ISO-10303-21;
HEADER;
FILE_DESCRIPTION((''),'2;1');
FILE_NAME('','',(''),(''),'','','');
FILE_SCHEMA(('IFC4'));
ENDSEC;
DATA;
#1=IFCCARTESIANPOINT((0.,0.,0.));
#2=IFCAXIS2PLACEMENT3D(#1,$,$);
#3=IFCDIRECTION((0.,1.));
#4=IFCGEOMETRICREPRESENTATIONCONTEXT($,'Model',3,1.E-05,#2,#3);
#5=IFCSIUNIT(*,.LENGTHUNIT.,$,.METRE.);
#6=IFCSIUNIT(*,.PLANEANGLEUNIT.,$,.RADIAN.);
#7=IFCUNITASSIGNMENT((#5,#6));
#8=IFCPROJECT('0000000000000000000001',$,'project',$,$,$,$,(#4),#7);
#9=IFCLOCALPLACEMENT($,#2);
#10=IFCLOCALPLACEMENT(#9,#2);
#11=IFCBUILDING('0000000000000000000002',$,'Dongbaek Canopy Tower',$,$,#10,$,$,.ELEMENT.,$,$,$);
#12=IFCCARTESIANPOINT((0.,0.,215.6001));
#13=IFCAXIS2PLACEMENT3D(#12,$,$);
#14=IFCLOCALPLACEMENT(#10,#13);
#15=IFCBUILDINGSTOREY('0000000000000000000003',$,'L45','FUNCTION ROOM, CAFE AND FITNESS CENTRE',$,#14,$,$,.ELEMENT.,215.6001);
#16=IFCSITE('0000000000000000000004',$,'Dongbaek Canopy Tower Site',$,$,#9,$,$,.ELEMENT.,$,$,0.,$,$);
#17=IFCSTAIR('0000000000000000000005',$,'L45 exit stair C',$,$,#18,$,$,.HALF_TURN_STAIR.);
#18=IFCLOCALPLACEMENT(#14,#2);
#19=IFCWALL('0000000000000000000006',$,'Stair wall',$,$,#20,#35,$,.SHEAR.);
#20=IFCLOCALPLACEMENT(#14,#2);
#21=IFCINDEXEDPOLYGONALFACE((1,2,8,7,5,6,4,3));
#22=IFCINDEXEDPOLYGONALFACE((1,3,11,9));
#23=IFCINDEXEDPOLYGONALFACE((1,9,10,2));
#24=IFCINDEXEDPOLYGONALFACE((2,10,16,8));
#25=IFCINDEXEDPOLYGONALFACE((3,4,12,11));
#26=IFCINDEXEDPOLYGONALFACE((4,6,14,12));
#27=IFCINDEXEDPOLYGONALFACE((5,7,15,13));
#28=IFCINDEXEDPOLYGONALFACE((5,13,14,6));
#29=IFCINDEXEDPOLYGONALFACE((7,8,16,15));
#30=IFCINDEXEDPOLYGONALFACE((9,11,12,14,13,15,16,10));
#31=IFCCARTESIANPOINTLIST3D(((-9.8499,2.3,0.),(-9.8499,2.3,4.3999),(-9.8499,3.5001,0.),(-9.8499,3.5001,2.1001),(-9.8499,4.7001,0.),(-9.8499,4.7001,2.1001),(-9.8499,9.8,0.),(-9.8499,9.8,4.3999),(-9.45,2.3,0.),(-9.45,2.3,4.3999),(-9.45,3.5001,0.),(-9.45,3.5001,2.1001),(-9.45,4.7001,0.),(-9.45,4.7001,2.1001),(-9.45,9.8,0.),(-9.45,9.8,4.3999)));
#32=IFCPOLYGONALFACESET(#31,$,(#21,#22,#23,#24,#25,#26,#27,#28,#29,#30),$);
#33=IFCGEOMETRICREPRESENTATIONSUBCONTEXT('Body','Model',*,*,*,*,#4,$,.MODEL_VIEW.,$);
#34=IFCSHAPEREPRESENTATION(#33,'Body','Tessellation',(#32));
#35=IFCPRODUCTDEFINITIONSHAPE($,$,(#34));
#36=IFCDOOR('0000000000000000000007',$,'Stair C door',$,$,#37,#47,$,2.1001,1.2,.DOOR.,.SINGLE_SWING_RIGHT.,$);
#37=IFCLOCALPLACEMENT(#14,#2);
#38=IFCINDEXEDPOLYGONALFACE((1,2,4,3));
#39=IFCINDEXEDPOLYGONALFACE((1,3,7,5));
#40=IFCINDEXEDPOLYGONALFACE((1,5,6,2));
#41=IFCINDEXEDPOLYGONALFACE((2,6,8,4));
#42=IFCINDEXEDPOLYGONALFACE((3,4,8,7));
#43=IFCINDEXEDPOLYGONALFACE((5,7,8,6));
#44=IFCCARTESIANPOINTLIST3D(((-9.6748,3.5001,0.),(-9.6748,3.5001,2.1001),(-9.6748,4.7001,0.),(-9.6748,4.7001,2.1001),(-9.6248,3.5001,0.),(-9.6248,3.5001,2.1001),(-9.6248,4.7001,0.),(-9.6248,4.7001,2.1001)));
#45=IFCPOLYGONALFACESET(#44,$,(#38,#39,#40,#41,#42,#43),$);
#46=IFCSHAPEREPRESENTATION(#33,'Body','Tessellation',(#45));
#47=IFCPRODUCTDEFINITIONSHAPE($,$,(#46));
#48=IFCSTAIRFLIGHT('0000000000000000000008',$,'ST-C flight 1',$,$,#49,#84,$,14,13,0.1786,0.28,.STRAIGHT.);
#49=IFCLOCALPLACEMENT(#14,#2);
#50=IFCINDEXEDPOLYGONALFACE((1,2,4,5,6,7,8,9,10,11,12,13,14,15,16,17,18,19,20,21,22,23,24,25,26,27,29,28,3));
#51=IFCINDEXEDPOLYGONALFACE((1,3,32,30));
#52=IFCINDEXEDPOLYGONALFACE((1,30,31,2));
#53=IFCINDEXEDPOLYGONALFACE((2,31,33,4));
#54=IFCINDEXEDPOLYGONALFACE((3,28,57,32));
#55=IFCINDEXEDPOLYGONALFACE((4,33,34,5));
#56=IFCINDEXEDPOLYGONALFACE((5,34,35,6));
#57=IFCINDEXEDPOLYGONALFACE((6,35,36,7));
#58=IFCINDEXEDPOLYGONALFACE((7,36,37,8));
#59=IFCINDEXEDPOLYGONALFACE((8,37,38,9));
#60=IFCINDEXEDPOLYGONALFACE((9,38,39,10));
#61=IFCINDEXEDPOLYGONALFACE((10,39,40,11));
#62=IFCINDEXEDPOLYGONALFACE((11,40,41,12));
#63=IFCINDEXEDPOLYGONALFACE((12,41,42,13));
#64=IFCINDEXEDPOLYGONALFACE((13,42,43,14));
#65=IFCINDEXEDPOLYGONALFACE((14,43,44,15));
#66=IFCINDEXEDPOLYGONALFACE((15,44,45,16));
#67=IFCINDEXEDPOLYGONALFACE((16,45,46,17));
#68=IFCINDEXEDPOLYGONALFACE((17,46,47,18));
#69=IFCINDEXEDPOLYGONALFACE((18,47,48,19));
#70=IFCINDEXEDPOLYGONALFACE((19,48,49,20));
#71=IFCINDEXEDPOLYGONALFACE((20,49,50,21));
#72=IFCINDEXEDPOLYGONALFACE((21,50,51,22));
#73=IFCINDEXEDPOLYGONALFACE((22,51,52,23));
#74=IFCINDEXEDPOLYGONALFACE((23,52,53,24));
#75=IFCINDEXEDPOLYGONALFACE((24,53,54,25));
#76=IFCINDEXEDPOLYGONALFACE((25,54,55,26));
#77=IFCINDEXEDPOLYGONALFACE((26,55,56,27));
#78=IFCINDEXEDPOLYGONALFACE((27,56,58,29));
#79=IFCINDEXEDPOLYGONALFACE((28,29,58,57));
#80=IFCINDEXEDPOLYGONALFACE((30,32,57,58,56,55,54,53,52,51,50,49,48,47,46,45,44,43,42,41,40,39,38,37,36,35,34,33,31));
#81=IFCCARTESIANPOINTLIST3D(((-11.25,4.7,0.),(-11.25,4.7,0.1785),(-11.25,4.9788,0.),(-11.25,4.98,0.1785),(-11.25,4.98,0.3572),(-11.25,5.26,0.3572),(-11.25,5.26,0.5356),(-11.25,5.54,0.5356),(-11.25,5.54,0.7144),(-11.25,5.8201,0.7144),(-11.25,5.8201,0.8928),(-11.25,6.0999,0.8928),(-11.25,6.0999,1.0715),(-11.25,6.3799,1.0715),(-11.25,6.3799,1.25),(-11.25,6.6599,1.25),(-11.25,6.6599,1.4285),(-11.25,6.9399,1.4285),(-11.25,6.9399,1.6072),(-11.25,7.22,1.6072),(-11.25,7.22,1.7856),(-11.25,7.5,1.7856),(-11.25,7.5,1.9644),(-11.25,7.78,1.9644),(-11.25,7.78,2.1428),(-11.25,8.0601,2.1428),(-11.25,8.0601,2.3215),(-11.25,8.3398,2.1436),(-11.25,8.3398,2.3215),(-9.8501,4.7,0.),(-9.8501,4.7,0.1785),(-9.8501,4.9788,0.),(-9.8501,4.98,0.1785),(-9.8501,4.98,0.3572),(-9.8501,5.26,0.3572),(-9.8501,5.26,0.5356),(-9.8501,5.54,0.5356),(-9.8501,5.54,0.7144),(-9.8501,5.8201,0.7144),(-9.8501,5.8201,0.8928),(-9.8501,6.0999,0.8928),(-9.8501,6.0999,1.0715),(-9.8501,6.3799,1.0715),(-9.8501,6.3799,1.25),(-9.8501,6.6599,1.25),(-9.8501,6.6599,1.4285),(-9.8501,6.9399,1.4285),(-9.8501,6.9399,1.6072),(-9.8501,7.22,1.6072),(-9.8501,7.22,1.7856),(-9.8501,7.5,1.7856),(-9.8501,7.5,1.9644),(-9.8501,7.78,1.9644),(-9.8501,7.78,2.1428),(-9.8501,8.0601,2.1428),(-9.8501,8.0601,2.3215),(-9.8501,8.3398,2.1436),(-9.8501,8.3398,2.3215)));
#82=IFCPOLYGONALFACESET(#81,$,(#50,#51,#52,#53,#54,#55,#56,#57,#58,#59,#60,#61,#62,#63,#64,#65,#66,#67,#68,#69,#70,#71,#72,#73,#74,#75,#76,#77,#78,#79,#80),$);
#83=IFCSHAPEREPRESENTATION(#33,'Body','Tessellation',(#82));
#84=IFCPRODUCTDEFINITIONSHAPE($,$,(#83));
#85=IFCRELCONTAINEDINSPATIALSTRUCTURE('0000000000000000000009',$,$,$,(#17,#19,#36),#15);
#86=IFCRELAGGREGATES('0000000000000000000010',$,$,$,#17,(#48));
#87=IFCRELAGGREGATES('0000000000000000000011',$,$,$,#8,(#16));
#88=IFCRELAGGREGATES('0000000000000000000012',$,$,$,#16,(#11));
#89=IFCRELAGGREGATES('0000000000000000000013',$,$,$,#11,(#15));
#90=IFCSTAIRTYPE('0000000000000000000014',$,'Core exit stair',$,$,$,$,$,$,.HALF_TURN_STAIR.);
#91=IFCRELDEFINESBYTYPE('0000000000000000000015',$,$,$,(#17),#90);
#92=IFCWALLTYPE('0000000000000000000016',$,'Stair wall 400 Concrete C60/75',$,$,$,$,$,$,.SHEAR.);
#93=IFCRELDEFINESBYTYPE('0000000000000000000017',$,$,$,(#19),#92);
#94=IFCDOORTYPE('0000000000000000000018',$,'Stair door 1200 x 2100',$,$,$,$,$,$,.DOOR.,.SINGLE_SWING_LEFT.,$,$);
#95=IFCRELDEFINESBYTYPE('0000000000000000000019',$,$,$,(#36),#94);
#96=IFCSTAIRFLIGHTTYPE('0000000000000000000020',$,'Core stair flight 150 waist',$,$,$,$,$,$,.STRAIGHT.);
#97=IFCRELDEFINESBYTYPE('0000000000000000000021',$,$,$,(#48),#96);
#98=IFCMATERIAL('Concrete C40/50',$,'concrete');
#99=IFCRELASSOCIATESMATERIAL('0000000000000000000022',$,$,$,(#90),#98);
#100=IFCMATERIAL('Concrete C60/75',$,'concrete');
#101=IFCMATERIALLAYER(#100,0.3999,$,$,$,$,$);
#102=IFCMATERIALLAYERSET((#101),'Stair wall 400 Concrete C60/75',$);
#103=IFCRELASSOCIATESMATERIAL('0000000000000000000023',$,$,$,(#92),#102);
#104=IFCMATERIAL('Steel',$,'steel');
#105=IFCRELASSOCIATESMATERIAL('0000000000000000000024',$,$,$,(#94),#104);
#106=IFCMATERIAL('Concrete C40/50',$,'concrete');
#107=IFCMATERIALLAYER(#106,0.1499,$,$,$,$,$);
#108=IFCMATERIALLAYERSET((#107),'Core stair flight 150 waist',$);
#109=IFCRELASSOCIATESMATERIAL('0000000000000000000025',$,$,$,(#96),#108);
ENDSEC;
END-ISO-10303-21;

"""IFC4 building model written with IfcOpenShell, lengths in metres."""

from ifc_helpers import new_model, si_unit, direction, frame, frame_2d, origin, place, context, subcontext, project, spatial, polyline, rectangle, outline, extrude, material, layer, layer_set, type_object, element, fill, aggregate, save


model = new_model("IFC4")

# Units and contexts
model_context = context("Model", 3, precision=1e-05, world=origin(), true_north=direction((0.0, 1.0)))
body_context = subcontext(model_context, "Body", "Model", "MODEL_VIEW")
ifc_project = project(units=[si_unit("LENGTHUNIT", "METRE"), si_unit("PLANEANGLEUNIT", "RADIAN")], contexts=[model_context])

# Site, building, storey
site_placement = place(None, origin())
site = spatial("IfcSite", under=ifc_project, at=site_placement, Name="Dongbaek Canopy Tower Site", CompositionType="ELEMENT", RefElevation=0.0)
building_placement = place(site_placement, origin())
building = spatial("IfcBuilding", under=site, at=building_placement, Name="Dongbaek Canopy Tower", CompositionType="ELEMENT")
storey_placement = place(building_placement, frame((0.0, 0.0, 215.6001)))
storey = spatial("IfcBuildingStorey", under=building, at=storey_placement, Name="L45", Description="FUNCTION ROOM, CAFE AND FITNESS CENTRE", CompositionType="ELEMENT", Elevation=215.6001)

# Stair
ifc_material_1 = material(Name="Concrete C40/50", Category="concrete")
stair_type = type_object("IfcStairType", Name="Core exit stair", PredefinedType="HALF_TURN_STAIR", material=ifc_material_1)
stair_1_placement = place(storey_placement, origin())
stair_1 = element("IfcStair", 1, at=stair_1_placement, inside=storey, type_object=stair_type, Name="L45 exit stair C", PredefinedType="HALF_TURN_STAIR")

# Wall, opening, door
ifc_material_2 = material(Name="Concrete C60/75", Category="concrete")
ifc_layer_1 = layer(ifc_material_2, 0.3999)
ifc_layer_set_1 = layer_set([ifc_layer_1], Name="Stair wall 400 Concrete C60/75")
wall_type_1 = type_object("IfcWallType", Name="Stair wall 400 Concrete C60/75", PredefinedType="SHEAR", material=ifc_layer_set_1)
wall_1_placement = place(storey_placement, frame((-9.6499, 2.3, 0.0), z_axis=(0.0, 0.0, 1.0), x_axis=(0.0, 1.0, 0.0)))
wall_1 = element("IfcWall", 2, at=wall_1_placement, inside=storey, type_object=wall_type_1, Name="Stair wall", PredefinedType="SHEAR", context=body_context, shape_type="SweptSolid", body=[
    extrude(rectangle(XDim=7.5, YDim=0.3999, at=frame_2d((3.75, 0.0))), origin(), (0.0, 0.0, 1.0), 4.3999),
])
opening_1_placement = place(wall_1_placement, frame((1.2, 0.0, 0.0)))
opening_1 = element("IfcOpeningElement", 3, at=opening_1_placement, cuts=wall_1, PredefinedType="OPENING", context=body_context, shape_type="SweptSolid", body=[
    extrude(rectangle(XDim=1.2, YDim=2.1001, at=frame_2d((0.6001, 1.05))), frame((0.0, 0.21, 0.0), z_axis=(0.0, -1.0, 0.0), x_axis=(1.0, 0.0, 0.0)), (0.0, 0.0, 1.0), 0.4199),
])
ifc_material_3 = material(Name="Steel", Category="steel")
door_type_1 = type_object("IfcDoorType", Name="Stair door 1200 x 2100", OperationType="SINGLE_SWING_LEFT", PredefinedType="DOOR", material=ifc_material_3)
door_1_placement = place(opening_1_placement, origin())
door_1 = element("IfcDoor", 4, at=door_1_placement, inside=storey, type_object=door_type_1, Name="Stair C door", OperationType="SINGLE_SWING_RIGHT", OverallHeight=2.1001, OverallWidth=1.2, PredefinedType="DOOR", context=body_context, shape_type="SweptSolid", body=[
    extrude(rectangle(XDim=1.2, YDim=2.1001, at=frame_2d((0.6001, 1.05))), frame((0.0, 0.0249, 0.0), z_axis=(0.0, -1.0, 0.0), x_axis=(1.0, 0.0, 0.0)), (0.0, 0.0, 1.0), 0.05),
])
fill(opening_1, door_1)

# Stair flight
ifc_material_4 = material(Name="Concrete C40/50", Category="concrete")
ifc_layer_2 = layer(ifc_material_4, 0.1499)
ifc_layer_set_2 = layer_set([ifc_layer_2], Name="Core stair flight 150 waist")
stair_flight_type = type_object("IfcStairFlightType", Name="Core stair flight 150 waist", PredefinedType="STRAIGHT", material=ifc_layer_set_2)
stair_flight_placement = place(storey_placement, frame((-10.55, 4.7, 0.0), z_axis=(0.0, 0.0, 1.0), x_axis=(0.0, 1.0, 0.0)))
stair_flight = element("IfcStairFlight", 5, at=stair_flight_placement, type_object=stair_flight_type, Name="ST-C flight 1", NumberOfRisers=14, NumberOfTreads=13, PredefinedType="STRAIGHT", RiserHeight=0.1786, TreadLength=0.28, context=body_context, shape_type="SweptSolid", body=[
    extrude(outline(polyline([(0.0, 0.0), (0.0, 0.1785), (0.28, 0.1785), (0.28, 0.3572), (0.5601, 0.3572), (0.5601, 0.5356), (0.8401, 0.5356), (0.8401, 0.7144), (1.1201, 0.7144), (1.1201, 0.8928), (1.3999, 0.8928), (1.3999, 1.0715), (1.6799, 1.0715), (1.6799, 1.25), (1.96, 1.25), (1.96, 1.4285), (2.24, 1.4285), (2.24, 1.6072), (2.52, 1.6072), (2.52, 1.7856), (2.8, 1.7856), (2.8, 1.9644), (3.0801, 1.9644), (3.0801, 2.1428), (3.3601, 2.1428), (3.3601, 2.3215), (3.6399, 2.3215), (3.6399, 2.5), (3.6399, 2.1436), (0.2788, 0.0), (0.0, 0.0)])), frame((0.0, 0.7, 0.0), z_axis=(0.0, -1.0, 0.0), x_axis=(1.0, 0.0, 0.0)), (0.0, 0.0, 1.0), 1.3999),
])
aggregate(stair_1, [stair_flight])

save(model, "model.ifc")
